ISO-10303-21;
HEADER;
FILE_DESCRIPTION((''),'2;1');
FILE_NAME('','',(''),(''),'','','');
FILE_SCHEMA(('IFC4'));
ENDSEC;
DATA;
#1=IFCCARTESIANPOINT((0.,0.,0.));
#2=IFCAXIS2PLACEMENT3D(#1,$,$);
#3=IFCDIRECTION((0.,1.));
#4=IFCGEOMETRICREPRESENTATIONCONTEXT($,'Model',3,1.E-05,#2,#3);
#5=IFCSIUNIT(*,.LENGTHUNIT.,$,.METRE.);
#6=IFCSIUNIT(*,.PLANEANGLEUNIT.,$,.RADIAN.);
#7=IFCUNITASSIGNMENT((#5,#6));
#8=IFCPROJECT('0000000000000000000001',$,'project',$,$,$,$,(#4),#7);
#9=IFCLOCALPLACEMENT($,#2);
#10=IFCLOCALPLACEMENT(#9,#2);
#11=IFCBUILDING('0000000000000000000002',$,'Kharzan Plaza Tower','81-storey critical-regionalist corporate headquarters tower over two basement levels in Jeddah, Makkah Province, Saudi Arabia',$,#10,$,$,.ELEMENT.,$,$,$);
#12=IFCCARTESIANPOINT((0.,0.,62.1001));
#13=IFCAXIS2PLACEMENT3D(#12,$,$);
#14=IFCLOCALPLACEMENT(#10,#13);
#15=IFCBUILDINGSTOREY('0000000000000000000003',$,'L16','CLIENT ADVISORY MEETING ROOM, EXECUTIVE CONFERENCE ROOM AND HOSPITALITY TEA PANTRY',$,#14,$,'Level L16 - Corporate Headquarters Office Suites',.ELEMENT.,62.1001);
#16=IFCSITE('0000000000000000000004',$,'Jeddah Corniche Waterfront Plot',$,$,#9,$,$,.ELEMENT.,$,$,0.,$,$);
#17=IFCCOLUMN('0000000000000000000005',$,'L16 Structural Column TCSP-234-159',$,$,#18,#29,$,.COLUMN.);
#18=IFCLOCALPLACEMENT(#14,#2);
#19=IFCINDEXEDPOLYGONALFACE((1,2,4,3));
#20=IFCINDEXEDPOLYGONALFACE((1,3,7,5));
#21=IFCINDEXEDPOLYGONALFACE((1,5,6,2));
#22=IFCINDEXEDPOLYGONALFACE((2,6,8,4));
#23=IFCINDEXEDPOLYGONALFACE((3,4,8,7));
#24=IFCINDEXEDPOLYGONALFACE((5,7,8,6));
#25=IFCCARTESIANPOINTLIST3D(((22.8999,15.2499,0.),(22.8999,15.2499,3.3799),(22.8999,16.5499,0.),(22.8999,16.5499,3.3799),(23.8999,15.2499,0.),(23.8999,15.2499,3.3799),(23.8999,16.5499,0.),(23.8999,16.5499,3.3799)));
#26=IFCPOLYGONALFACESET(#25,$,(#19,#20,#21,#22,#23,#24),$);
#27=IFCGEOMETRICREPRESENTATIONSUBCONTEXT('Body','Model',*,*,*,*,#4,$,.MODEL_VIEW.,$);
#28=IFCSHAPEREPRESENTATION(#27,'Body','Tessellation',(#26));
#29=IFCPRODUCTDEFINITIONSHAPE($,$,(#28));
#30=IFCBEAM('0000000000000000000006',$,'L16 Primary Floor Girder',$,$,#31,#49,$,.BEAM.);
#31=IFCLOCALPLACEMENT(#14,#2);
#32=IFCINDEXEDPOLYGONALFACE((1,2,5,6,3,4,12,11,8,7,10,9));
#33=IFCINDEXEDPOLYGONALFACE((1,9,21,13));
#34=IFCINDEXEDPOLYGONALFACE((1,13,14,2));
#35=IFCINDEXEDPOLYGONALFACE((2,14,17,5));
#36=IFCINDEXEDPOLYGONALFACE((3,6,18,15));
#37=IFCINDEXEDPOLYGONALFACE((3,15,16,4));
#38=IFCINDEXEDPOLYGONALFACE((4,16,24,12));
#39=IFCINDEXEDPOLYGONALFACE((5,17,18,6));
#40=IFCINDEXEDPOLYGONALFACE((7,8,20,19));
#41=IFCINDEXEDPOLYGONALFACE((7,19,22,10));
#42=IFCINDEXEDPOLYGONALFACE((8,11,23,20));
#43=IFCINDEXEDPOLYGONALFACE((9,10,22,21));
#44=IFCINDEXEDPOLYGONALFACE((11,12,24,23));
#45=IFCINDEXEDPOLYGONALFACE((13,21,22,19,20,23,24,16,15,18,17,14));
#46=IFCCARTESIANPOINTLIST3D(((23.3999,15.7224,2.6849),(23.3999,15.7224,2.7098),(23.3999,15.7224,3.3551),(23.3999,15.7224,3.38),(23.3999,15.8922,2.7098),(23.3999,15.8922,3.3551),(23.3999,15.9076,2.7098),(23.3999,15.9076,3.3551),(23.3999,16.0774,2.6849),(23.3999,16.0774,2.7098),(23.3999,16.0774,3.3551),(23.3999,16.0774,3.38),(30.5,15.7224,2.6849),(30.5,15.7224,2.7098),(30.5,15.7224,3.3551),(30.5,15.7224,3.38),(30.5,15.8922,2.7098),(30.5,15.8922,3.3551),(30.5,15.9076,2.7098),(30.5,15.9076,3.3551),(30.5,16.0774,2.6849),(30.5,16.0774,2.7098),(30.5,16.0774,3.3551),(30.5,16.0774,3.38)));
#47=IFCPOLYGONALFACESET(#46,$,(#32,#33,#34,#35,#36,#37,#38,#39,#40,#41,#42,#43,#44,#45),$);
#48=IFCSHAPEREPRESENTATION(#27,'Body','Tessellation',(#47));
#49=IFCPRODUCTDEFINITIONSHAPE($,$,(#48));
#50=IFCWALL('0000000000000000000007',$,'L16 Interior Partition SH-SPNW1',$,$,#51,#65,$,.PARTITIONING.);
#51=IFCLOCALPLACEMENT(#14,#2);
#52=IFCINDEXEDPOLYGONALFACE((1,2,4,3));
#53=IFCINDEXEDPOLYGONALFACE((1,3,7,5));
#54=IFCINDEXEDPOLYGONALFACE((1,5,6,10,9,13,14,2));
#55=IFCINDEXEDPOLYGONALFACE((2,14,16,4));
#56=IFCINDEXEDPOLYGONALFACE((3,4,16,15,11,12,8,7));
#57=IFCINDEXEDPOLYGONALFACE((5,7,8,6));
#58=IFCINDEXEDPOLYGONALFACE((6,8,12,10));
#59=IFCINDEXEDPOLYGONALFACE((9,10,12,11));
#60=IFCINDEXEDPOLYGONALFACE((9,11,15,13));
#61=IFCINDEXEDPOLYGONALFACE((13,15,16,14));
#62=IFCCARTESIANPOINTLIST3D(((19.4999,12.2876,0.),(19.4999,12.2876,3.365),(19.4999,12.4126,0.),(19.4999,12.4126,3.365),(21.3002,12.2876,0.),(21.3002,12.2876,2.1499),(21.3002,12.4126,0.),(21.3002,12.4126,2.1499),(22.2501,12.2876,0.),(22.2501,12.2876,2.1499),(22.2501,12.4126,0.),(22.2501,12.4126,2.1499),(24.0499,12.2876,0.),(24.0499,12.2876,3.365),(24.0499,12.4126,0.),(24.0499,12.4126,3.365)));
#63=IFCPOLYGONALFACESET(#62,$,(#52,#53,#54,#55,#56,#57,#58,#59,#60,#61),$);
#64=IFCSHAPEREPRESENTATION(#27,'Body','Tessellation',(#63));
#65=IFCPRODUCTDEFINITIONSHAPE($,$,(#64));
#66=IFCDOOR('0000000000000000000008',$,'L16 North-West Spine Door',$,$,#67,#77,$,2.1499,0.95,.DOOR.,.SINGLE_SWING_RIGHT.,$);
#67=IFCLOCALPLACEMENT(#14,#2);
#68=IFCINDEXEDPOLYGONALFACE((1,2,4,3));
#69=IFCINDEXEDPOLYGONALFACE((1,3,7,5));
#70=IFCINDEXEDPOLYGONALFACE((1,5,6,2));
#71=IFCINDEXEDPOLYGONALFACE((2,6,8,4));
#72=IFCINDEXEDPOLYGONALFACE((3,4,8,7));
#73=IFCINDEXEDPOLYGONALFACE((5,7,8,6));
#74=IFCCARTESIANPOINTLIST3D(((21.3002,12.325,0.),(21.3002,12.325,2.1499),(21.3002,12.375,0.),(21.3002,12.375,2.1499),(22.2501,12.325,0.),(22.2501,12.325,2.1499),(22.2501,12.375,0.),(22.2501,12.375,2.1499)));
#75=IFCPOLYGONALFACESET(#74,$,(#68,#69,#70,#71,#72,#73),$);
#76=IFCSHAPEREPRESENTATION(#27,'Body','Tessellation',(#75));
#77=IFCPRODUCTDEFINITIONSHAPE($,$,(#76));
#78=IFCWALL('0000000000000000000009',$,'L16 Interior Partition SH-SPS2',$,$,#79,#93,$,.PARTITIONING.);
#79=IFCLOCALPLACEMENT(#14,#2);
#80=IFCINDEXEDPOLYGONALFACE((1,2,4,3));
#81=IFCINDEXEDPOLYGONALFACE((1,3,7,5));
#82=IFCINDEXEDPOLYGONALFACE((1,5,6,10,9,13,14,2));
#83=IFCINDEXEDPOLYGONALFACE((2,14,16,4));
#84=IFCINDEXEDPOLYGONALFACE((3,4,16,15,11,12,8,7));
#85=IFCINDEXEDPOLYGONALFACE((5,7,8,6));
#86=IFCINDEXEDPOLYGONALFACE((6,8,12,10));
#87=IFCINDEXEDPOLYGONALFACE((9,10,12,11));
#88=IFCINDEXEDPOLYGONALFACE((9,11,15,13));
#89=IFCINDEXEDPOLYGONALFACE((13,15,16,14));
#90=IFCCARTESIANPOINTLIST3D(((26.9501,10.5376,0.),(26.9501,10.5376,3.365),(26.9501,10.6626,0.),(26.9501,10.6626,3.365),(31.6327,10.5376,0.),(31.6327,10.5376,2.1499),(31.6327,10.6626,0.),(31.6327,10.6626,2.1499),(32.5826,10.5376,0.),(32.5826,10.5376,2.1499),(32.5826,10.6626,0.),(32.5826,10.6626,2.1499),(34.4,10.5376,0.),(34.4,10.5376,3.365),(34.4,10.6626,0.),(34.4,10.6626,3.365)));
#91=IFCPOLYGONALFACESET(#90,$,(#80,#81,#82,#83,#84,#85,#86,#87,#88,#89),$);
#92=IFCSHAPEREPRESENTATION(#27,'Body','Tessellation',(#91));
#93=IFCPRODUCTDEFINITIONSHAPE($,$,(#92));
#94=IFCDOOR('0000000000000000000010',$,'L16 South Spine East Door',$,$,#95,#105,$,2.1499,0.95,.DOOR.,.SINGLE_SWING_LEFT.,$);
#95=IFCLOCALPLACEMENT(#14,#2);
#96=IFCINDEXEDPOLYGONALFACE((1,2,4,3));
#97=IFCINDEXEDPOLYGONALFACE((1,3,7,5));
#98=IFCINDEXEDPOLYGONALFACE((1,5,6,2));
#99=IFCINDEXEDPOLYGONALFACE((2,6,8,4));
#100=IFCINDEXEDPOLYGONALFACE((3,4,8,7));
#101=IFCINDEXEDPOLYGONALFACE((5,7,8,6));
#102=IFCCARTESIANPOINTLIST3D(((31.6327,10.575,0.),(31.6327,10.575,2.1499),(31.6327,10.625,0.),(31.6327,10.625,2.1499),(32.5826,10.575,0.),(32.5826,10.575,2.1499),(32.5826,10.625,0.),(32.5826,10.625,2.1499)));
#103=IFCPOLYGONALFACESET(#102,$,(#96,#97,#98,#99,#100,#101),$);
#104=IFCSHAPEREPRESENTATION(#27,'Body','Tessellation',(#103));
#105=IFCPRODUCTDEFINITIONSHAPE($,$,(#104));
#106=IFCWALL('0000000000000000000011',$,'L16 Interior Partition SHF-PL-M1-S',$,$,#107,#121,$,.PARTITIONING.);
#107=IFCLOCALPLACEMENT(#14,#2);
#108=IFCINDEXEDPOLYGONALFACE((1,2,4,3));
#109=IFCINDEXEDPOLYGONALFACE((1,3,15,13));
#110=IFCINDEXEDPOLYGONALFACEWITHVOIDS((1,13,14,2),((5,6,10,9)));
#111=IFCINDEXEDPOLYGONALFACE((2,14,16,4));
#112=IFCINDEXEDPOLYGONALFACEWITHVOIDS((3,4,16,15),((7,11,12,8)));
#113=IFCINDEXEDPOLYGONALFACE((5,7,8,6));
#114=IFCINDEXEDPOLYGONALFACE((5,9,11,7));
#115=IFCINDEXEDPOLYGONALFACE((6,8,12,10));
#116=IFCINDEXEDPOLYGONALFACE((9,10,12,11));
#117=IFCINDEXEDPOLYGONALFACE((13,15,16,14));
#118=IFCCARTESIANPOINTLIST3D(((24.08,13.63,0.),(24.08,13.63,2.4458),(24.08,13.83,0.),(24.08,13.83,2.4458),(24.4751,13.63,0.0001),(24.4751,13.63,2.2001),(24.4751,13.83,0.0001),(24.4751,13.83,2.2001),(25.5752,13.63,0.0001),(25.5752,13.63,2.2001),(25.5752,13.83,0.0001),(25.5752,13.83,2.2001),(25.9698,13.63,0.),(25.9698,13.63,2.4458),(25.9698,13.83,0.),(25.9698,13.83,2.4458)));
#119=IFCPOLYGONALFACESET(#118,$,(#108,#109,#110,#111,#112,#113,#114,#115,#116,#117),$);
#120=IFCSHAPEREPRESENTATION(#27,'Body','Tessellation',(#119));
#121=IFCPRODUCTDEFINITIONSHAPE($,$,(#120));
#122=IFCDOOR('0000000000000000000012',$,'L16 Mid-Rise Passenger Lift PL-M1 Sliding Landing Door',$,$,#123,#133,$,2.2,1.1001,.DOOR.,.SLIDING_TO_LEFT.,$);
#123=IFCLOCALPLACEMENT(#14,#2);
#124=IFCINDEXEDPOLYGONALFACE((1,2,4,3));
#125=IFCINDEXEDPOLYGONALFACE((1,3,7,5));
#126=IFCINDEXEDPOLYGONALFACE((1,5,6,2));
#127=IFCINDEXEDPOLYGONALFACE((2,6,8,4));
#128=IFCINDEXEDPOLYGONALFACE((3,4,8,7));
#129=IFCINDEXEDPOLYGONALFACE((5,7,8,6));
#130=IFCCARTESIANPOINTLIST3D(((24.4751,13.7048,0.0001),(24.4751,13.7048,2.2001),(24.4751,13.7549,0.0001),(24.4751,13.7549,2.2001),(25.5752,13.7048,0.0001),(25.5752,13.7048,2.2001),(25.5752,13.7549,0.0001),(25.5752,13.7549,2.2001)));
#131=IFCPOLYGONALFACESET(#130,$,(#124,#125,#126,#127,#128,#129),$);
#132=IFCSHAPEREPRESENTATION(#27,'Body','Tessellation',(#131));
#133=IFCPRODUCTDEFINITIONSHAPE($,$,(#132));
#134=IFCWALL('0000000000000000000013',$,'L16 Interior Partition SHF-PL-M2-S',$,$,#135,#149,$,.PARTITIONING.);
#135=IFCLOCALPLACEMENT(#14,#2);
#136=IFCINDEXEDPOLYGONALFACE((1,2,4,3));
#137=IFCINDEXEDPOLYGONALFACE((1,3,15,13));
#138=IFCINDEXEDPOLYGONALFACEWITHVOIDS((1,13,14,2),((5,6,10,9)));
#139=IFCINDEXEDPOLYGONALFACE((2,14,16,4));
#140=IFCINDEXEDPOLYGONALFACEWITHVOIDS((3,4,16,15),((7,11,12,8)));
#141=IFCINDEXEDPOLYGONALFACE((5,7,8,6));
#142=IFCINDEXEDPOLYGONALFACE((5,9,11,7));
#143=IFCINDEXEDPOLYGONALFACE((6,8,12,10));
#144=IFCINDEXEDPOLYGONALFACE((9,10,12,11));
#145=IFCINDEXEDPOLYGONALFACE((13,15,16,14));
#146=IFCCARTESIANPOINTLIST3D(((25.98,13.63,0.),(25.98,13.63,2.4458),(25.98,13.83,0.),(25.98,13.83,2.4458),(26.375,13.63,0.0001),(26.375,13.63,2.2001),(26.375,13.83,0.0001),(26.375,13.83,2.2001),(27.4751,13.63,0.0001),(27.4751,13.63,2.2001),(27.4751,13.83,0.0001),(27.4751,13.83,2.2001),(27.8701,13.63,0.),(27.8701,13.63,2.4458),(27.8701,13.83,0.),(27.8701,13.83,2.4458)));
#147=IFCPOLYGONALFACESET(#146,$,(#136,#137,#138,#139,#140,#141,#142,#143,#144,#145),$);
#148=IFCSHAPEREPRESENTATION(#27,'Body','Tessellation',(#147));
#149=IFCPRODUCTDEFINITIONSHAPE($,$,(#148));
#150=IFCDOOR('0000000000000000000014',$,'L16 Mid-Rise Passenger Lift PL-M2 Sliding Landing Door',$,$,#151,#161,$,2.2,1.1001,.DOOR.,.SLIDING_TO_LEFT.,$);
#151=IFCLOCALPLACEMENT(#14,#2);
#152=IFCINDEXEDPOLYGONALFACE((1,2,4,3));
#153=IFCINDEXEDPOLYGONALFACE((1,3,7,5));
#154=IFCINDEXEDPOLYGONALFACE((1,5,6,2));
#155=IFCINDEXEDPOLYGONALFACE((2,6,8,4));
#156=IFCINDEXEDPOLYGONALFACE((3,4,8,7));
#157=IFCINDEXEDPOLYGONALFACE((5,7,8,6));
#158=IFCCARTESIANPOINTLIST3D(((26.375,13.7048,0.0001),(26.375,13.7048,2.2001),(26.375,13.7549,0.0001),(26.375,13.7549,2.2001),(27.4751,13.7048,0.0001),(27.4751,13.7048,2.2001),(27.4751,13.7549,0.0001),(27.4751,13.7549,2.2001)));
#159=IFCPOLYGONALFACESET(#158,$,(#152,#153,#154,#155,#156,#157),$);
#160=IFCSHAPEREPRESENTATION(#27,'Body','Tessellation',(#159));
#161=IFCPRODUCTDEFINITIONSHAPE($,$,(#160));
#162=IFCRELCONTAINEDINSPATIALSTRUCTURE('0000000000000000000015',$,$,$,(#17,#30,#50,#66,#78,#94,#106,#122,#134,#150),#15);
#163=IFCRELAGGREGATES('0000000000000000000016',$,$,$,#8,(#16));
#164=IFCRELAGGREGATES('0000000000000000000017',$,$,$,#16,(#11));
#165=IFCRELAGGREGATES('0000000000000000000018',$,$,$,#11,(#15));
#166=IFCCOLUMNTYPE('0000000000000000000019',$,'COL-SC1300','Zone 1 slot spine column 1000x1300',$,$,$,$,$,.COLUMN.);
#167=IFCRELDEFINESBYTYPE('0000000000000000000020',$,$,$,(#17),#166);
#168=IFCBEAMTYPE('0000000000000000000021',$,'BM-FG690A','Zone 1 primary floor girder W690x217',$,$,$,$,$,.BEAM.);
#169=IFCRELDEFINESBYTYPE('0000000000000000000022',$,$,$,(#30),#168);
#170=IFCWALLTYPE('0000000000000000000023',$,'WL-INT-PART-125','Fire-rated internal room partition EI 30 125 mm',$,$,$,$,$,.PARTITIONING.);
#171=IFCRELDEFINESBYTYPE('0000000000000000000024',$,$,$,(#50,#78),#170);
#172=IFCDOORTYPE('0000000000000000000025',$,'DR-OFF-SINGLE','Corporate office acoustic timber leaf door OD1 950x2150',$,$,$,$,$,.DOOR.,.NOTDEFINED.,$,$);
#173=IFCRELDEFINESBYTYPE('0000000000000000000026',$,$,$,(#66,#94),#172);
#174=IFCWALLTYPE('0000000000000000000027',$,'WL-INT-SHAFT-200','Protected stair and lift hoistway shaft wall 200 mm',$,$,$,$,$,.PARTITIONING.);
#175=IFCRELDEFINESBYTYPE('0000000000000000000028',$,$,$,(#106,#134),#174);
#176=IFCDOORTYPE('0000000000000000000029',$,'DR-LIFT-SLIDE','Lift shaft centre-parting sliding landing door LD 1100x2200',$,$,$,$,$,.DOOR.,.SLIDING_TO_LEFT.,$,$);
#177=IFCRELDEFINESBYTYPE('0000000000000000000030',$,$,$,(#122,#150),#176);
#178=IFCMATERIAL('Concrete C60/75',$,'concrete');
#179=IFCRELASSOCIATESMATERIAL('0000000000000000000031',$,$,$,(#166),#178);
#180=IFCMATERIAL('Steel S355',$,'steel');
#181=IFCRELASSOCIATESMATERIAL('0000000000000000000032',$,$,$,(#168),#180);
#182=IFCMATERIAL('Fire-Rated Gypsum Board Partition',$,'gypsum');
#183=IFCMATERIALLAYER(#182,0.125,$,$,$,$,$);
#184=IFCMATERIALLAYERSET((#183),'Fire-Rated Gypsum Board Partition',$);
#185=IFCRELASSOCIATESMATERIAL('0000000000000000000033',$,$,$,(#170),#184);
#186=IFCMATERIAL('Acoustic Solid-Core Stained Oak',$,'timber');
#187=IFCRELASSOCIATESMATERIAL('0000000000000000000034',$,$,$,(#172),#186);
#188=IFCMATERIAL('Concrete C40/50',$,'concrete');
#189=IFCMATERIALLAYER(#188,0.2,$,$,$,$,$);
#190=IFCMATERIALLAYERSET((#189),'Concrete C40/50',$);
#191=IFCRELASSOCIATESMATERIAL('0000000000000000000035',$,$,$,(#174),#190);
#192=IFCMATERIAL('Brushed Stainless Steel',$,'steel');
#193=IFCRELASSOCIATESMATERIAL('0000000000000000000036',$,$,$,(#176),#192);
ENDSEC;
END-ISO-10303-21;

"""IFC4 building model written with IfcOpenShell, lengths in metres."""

from ifc_helpers import new_model, si_unit, direction, frame, frame_2d, origin, origin_2d, place, context, subcontext, project, spatial, rectangle, i_section, extrude, source, transform, mapped, material, layer, layer_set, material_profile, profile_set, type_object, element, fill, save


model = new_model("IFC4")

# Units and contexts
model_context = context("Model", 3, precision=1e-05, world=origin(), true_north=direction((0.0, 1.0)))
body_context = subcontext(model_context, "Body", "Model", "MODEL_VIEW")
ifc_project = project(units=[si_unit("LENGTHUNIT", "METRE"), si_unit("PLANEANGLEUNIT", "RADIAN")], contexts=[model_context])

# Site, building, storey
site_placement = place(None, origin())
site = spatial("IfcSite", under=ifc_project, at=site_placement, Name="Jeddah Corniche Waterfront Plot", CompositionType="ELEMENT", RefElevation=0.0)
building_placement = place(site_placement, origin())
building = spatial("IfcBuilding", under=site, at=building_placement, Name="Kharzan Plaza Tower", Description="81-storey critical-regionalist corporate headquarters tower over two basement levels in Jeddah, Makkah Province, Saudi Arabia", CompositionType="ELEMENT")
storey_placement = place(building_placement, frame((0.0, 0.0, 62.1001)))
storey = spatial("IfcBuildingStorey", under=building, at=storey_placement, Name="L16", Description="CLIENT ADVISORY MEETING ROOM, EXECUTIVE CONFERENCE ROOM AND HOSPITALITY TEA PANTRY", LongName="Level L16 - Corporate Headquarters Office Suites", CompositionType="ELEMENT", Elevation=62.1001)

# Column
ifc_material_1 = material(Name="Concrete C60/75", Category="concrete")
ifc_material_profile_1 = material_profile(ifc_material_1, rectangle(XDim=1.0, YDim=1.3, at=origin_2d()), Name="RC-SC1300x1000")
ifc_profile_set_1 = profile_set([ifc_material_profile_1], Name="Concrete C60/75")
column_type = type_object("IfcColumnType", Name="COL-SC1300", Description="Zone 1 slot spine column 1000x1300", PredefinedType="COLUMN", material=ifc_profile_set_1)
shared_shape_1 = source(origin(), body_context, "Body", "SweptSolid", [
    extrude(rectangle(XDim=1.0, YDim=1.3, at=origin_2d()), origin(), (0.0, 0.0, 1.0), 3.3799),
])
column_placement = place(storey_placement, frame((23.3999, 15.8999, 0.0), z_axis=(0.0, 0.0, 1.0), x_axis=(1.0, 0.0, 0.0)))
element("IfcColumn", 1, at=column_placement, inside=storey, type_object=column_type, Name="L16 Structural Column TCSP-234-159", PredefinedType="COLUMN", context=body_context, shape_type="MappedRepresentation", body=[
    mapped(shared_shape_1, transform((0.0, 0.0, 0.0), x_axis=(1.0, 0.0, 0.0), y_axis=(0.0, 1.0, 0.0), z_axis=(0.0, 0.0, 1.0))),
])

# Beam
ifc_material_2 = material(Name="Steel S355", Category="steel")
ifc_material_profile_2 = material_profile(ifc_material_2, i_section(OverallWidth=0.355, OverallDepth=0.6951, WebThickness=0.0154, FlangeThickness=0.0249, at=origin_2d()), Name="W690x217")
ifc_profile_set_2 = profile_set([ifc_material_profile_2], Name="Steel S355")
beam_type = type_object("IfcBeamType", Name="BM-FG690A", Description="Zone 1 primary floor girder W690x217", PredefinedType="BEAM", material=ifc_profile_set_2)
shared_shape_2 = source(origin(), body_context, "Body", "SweptSolid", [
    extrude(i_section(OverallWidth=0.355, OverallDepth=0.6951, WebThickness=0.0154, FlangeThickness=0.0249, at=origin_2d()), origin(), (0.0, 0.0, 1.0), 7.1001),
])
beam_placement = place(storey_placement, frame((23.3999, 15.8999, 3.0325), z_axis=(1.0, 0.0, 0.0), x_axis=(0.0, 1.0, 0.0)))
element("IfcBeam", 2, at=beam_placement, inside=storey, type_object=beam_type, Name="L16 Primary Floor Girder", PredefinedType="BEAM", context=body_context, shape_type="MappedRepresentation", body=[
    mapped(shared_shape_2, transform((0.0, 0.0, 0.0), x_axis=(1.0, 0.0, 0.0), y_axis=(0.0, 1.0, 0.0), z_axis=(0.0, 0.0, 1.0))),
])

# Walls, openings, doors
ifc_material_3 = material(Name="Fire-Rated Gypsum Board Partition", Category="gypsum")
ifc_layer_1 = layer(ifc_material_3, 0.125)
ifc_layer_set_1 = layer_set([ifc_layer_1], Name="Fire-Rated Gypsum Board Partition")
wall_type_1 = type_object("IfcWallType", Name="WL-INT-PART-125", Description="Fire-rated internal room partition EI 30 125 mm", PredefinedType="PARTITIONING", material=ifc_layer_set_1)
wall_1_placement = place(storey_placement, frame((19.5, 12.3501, 0.0), z_axis=(0.0, 0.0, 1.0), x_axis=(1.0, 0.0, 0.0)))
wall_1 = element("IfcWall", 3, at=wall_1_placement, inside=storey, type_object=wall_type_1, Name="L16 Interior Partition SH-SPNW1", PredefinedType="PARTITIONING", context=body_context, shape_type="SweptSolid", body=[
    extrude(rectangle(XDim=4.55, YDim=0.125, at=frame_2d((2.2749, 0.0))), origin(), (0.0, 0.0, 1.0), 3.365),
])
opening_1_placement = place(wall_1_placement, frame((1.8, 0.0, 0.0)))
opening_1 = element("IfcOpeningElement", 4, at=opening_1_placement, cuts=wall_1, PredefinedType="OPENING", context=body_context, shape_type="SweptSolid", body=[
    extrude(rectangle(XDim=0.95, YDim=2.1499, at=frame_2d((0.4751, 1.075))), frame((0.0, 0.0725, 0.0), z_axis=(0.0, -1.0, 0.0), x_axis=(1.0, 0.0, 0.0)), (0.0, 0.0, 1.0), 0.145),
])
ifc_material_4 = material(Name="Acoustic Solid-Core Stained Oak", Category="timber")
door_type_1 = type_object("IfcDoorType", Name="DR-OFF-SINGLE", Description="Corporate office acoustic timber leaf door OD1 950x2150", OperationType="NOTDEFINED", PredefinedType="DOOR", material=ifc_material_4)
shared_shape_3 = source(origin(), body_context, "Body", "SweptSolid", [
    extrude(rectangle(XDim=0.95, YDim=2.1499, at=frame_2d((0.4751, 1.075))), frame((0.0, 0.0249, 0.0), z_axis=(0.0, -1.0, 0.0), x_axis=(1.0, 0.0, 0.0)), (0.0, 0.0, 1.0), 0.05),
])
door_1_placement = place(opening_1_placement, origin())
door_1 = element("IfcDoor", 5, at=door_1_placement, inside=storey, type_object=door_type_1, Name="L16 North-West Spine Door", OperationType="SINGLE_SWING_RIGHT", OverallHeight=2.1499, OverallWidth=0.95, PredefinedType="DOOR", context=body_context, shape_type="MappedRepresentation", body=[
    mapped(shared_shape_3, transform((0.0, 0.0, 0.0), x_axis=(1.0, 0.0, 0.0), y_axis=(0.0, 1.0, 0.0), z_axis=(0.0, 0.0, 1.0))),
])
fill(opening_1, door_1)
wall_2_placement = place(storey_placement, frame((26.95, 10.6001, 0.0), z_axis=(0.0, 0.0, 1.0), x_axis=(1.0, 0.0, 0.0)))
wall_2 = element("IfcWall", 6, at=wall_2_placement, inside=storey, type_object=wall_type_1, Name="L16 Interior Partition SH-SPS2", PredefinedType="PARTITIONING", context=body_context, shape_type="SweptSolid", body=[
    extrude(rectangle(XDim=7.45, YDim=0.125, at=frame_2d((3.7251, 0.0))), origin(), (0.0, 0.0, 1.0), 3.365),
])
opening_2_placement = place(wall_2_placement, frame((4.6826, 0.0, 0.0)))
opening_2 = element("IfcOpeningElement", 7, at=opening_2_placement, cuts=wall_2, PredefinedType="OPENING", context=body_context, shape_type="SweptSolid", body=[
    extrude(rectangle(XDim=0.95, YDim=2.1499, at=frame_2d((0.4751, 1.075))), frame((0.0, 0.0725, 0.0), z_axis=(0.0, -1.0, 0.0), x_axis=(1.0, 0.0, 0.0)), (0.0, 0.0, 1.0), 0.145),
])
door_2_placement = place(opening_2_placement, origin())
door_2 = element("IfcDoor", 8, at=door_2_placement, inside=storey, type_object=door_type_1, Name="L16 South Spine East Door", OperationType="SINGLE_SWING_LEFT", OverallHeight=2.1499, OverallWidth=0.95, PredefinedType="DOOR", context=body_context, shape_type="MappedRepresentation", body=[
    mapped(shared_shape_3, transform((0.0, 0.0, 0.0), x_axis=(1.0, 0.0, 0.0), y_axis=(0.0, 1.0, 0.0), z_axis=(0.0, 0.0, 1.0))),
])
fill(opening_2, door_2)
ifc_material_5 = material(Name="Concrete C40/50", Category="concrete")
ifc_layer_2 = layer(ifc_material_5, 0.2)
ifc_layer_set_2 = layer_set([ifc_layer_2], Name="Concrete C40/50")
wall_type_2 = type_object("IfcWallType", Name="WL-INT-SHAFT-200", Description="Protected stair and lift hoistway shaft wall 200 mm", PredefinedType="PARTITIONING", material=ifc_layer_set_2)
wall_3_placement = place(storey_placement, frame((24.0801, 13.73, 0.0), z_axis=(0.0, 0.0, 1.0), x_axis=(1.0, 0.0, 0.0)))
wall_3 = element("IfcWall", 9, at=wall_3_placement, inside=storey, type_object=wall_type_2, Name="L16 Interior Partition SHF-PL-M1-S", PredefinedType="PARTITIONING", context=body_context, shape_type="SweptSolid", body=[
    extrude(rectangle(XDim=1.8899, YDim=0.2, at=frame_2d((0.9448, 0.0))), origin(), (0.0, 0.0, 1.0), 2.4458),
])
opening_3_placement = place(wall_3_placement, frame((0.395, 0.0, 0.0)))
opening_3 = element("IfcOpeningElement", 10, at=opening_3_placement, cuts=wall_3, PredefinedType="OPENING", context=body_context, shape_type="SweptSolid", body=[
    extrude(rectangle(XDim=1.1001, YDim=2.2, at=frame_2d((0.55, 1.1001))), frame((0.0, 0.1099, 0.0), z_axis=(0.0, -1.0, 0.0), x_axis=(1.0, 0.0, 0.0)), (0.0, 0.0, 1.0), 0.22),
])
ifc_material_6 = material(Name="Brushed Stainless Steel", Category="steel")
door_type_2 = type_object("IfcDoorType", Name="DR-LIFT-SLIDE", Description="Lift shaft centre-parting sliding landing door LD 1100x2200", OperationType="SLIDING_TO_LEFT", PredefinedType="DOOR", material=ifc_material_6)
shared_shape_4 = source(origin(), body_context, "Body", "SweptSolid", [
    extrude(rectangle(XDim=1.1001, YDim=2.2, at=frame_2d((0.55, 1.1001))), frame((0.0, 0.0249, 0.0), z_axis=(0.0, -1.0, 0.0), x_axis=(1.0, 0.0, 0.0)), (0.0, 0.0, 1.0), 0.05),
])
door_3_placement = place(opening_3_placement, origin())
door_3 = element("IfcDoor", 11, at=door_3_placement, inside=storey, type_object=door_type_2, Name="L16 Mid-Rise Passenger Lift PL-M1 Sliding Landing Door", OperationType="SLIDING_TO_LEFT", OverallHeight=2.2, OverallWidth=1.1001, PredefinedType="DOOR", context=body_context, shape_type="MappedRepresentation", body=[
    mapped(shared_shape_4, transform((0.0, 0.0, 0.0), x_axis=(1.0, 0.0, 0.0), y_axis=(0.0, 1.0, 0.0), z_axis=(0.0, 0.0, 1.0))),
])
fill(opening_3, door_3)
wall_4_placement = place(storey_placement, frame((25.98, 13.73, 0.0), z_axis=(0.0, 0.0, 1.0), x_axis=(1.0, 0.0, 0.0)))
wall_4 = element("IfcWall", 12, at=wall_4_placement, inside=storey, type_object=wall_type_2, Name="L16 Interior Partition SHF-PL-M2-S", PredefinedType="PARTITIONING", context=body_context, shape_type="SweptSolid", body=[
    extrude(rectangle(XDim=1.8901, YDim=0.2, at=frame_2d((0.9451, 0.0))), origin(), (0.0, 0.0, 1.0), 2.4458),
])
opening_4_placement = place(wall_4_placement, frame((0.395, 0.0, 0.0)))
opening_4 = element("IfcOpeningElement", 13, at=opening_4_placement, cuts=wall_4, PredefinedType="OPENING", context=body_context, shape_type="SweptSolid", body=[
    extrude(rectangle(XDim=1.1001, YDim=2.2, at=frame_2d((0.55, 1.1001))), frame((0.0, 0.1099, 0.0), z_axis=(0.0, -1.0, 0.0), x_axis=(1.0, 0.0, 0.0)), (0.0, 0.0, 1.0), 0.22),
])
door_4_placement = place(opening_4_placement, origin())
door_4 = element("IfcDoor", 14, at=door_4_placement, inside=storey, type_object=door_type_2, Name="L16 Mid-Rise Passenger Lift PL-M2 Sliding Landing Door", OperationType="SLIDING_TO_LEFT", OverallHeight=2.2, OverallWidth=1.1001, PredefinedType="DOOR", context=body_context, shape_type="MappedRepresentation", body=[
    mapped(shared_shape_4, transform((0.0, 0.0, 0.0), x_axis=(1.0, 0.0, 0.0), y_axis=(0.0, 1.0, 0.0), z_axis=(0.0, 0.0, 1.0))),
])
fill(opening_4, door_4)

save(model, "model.ifc")
